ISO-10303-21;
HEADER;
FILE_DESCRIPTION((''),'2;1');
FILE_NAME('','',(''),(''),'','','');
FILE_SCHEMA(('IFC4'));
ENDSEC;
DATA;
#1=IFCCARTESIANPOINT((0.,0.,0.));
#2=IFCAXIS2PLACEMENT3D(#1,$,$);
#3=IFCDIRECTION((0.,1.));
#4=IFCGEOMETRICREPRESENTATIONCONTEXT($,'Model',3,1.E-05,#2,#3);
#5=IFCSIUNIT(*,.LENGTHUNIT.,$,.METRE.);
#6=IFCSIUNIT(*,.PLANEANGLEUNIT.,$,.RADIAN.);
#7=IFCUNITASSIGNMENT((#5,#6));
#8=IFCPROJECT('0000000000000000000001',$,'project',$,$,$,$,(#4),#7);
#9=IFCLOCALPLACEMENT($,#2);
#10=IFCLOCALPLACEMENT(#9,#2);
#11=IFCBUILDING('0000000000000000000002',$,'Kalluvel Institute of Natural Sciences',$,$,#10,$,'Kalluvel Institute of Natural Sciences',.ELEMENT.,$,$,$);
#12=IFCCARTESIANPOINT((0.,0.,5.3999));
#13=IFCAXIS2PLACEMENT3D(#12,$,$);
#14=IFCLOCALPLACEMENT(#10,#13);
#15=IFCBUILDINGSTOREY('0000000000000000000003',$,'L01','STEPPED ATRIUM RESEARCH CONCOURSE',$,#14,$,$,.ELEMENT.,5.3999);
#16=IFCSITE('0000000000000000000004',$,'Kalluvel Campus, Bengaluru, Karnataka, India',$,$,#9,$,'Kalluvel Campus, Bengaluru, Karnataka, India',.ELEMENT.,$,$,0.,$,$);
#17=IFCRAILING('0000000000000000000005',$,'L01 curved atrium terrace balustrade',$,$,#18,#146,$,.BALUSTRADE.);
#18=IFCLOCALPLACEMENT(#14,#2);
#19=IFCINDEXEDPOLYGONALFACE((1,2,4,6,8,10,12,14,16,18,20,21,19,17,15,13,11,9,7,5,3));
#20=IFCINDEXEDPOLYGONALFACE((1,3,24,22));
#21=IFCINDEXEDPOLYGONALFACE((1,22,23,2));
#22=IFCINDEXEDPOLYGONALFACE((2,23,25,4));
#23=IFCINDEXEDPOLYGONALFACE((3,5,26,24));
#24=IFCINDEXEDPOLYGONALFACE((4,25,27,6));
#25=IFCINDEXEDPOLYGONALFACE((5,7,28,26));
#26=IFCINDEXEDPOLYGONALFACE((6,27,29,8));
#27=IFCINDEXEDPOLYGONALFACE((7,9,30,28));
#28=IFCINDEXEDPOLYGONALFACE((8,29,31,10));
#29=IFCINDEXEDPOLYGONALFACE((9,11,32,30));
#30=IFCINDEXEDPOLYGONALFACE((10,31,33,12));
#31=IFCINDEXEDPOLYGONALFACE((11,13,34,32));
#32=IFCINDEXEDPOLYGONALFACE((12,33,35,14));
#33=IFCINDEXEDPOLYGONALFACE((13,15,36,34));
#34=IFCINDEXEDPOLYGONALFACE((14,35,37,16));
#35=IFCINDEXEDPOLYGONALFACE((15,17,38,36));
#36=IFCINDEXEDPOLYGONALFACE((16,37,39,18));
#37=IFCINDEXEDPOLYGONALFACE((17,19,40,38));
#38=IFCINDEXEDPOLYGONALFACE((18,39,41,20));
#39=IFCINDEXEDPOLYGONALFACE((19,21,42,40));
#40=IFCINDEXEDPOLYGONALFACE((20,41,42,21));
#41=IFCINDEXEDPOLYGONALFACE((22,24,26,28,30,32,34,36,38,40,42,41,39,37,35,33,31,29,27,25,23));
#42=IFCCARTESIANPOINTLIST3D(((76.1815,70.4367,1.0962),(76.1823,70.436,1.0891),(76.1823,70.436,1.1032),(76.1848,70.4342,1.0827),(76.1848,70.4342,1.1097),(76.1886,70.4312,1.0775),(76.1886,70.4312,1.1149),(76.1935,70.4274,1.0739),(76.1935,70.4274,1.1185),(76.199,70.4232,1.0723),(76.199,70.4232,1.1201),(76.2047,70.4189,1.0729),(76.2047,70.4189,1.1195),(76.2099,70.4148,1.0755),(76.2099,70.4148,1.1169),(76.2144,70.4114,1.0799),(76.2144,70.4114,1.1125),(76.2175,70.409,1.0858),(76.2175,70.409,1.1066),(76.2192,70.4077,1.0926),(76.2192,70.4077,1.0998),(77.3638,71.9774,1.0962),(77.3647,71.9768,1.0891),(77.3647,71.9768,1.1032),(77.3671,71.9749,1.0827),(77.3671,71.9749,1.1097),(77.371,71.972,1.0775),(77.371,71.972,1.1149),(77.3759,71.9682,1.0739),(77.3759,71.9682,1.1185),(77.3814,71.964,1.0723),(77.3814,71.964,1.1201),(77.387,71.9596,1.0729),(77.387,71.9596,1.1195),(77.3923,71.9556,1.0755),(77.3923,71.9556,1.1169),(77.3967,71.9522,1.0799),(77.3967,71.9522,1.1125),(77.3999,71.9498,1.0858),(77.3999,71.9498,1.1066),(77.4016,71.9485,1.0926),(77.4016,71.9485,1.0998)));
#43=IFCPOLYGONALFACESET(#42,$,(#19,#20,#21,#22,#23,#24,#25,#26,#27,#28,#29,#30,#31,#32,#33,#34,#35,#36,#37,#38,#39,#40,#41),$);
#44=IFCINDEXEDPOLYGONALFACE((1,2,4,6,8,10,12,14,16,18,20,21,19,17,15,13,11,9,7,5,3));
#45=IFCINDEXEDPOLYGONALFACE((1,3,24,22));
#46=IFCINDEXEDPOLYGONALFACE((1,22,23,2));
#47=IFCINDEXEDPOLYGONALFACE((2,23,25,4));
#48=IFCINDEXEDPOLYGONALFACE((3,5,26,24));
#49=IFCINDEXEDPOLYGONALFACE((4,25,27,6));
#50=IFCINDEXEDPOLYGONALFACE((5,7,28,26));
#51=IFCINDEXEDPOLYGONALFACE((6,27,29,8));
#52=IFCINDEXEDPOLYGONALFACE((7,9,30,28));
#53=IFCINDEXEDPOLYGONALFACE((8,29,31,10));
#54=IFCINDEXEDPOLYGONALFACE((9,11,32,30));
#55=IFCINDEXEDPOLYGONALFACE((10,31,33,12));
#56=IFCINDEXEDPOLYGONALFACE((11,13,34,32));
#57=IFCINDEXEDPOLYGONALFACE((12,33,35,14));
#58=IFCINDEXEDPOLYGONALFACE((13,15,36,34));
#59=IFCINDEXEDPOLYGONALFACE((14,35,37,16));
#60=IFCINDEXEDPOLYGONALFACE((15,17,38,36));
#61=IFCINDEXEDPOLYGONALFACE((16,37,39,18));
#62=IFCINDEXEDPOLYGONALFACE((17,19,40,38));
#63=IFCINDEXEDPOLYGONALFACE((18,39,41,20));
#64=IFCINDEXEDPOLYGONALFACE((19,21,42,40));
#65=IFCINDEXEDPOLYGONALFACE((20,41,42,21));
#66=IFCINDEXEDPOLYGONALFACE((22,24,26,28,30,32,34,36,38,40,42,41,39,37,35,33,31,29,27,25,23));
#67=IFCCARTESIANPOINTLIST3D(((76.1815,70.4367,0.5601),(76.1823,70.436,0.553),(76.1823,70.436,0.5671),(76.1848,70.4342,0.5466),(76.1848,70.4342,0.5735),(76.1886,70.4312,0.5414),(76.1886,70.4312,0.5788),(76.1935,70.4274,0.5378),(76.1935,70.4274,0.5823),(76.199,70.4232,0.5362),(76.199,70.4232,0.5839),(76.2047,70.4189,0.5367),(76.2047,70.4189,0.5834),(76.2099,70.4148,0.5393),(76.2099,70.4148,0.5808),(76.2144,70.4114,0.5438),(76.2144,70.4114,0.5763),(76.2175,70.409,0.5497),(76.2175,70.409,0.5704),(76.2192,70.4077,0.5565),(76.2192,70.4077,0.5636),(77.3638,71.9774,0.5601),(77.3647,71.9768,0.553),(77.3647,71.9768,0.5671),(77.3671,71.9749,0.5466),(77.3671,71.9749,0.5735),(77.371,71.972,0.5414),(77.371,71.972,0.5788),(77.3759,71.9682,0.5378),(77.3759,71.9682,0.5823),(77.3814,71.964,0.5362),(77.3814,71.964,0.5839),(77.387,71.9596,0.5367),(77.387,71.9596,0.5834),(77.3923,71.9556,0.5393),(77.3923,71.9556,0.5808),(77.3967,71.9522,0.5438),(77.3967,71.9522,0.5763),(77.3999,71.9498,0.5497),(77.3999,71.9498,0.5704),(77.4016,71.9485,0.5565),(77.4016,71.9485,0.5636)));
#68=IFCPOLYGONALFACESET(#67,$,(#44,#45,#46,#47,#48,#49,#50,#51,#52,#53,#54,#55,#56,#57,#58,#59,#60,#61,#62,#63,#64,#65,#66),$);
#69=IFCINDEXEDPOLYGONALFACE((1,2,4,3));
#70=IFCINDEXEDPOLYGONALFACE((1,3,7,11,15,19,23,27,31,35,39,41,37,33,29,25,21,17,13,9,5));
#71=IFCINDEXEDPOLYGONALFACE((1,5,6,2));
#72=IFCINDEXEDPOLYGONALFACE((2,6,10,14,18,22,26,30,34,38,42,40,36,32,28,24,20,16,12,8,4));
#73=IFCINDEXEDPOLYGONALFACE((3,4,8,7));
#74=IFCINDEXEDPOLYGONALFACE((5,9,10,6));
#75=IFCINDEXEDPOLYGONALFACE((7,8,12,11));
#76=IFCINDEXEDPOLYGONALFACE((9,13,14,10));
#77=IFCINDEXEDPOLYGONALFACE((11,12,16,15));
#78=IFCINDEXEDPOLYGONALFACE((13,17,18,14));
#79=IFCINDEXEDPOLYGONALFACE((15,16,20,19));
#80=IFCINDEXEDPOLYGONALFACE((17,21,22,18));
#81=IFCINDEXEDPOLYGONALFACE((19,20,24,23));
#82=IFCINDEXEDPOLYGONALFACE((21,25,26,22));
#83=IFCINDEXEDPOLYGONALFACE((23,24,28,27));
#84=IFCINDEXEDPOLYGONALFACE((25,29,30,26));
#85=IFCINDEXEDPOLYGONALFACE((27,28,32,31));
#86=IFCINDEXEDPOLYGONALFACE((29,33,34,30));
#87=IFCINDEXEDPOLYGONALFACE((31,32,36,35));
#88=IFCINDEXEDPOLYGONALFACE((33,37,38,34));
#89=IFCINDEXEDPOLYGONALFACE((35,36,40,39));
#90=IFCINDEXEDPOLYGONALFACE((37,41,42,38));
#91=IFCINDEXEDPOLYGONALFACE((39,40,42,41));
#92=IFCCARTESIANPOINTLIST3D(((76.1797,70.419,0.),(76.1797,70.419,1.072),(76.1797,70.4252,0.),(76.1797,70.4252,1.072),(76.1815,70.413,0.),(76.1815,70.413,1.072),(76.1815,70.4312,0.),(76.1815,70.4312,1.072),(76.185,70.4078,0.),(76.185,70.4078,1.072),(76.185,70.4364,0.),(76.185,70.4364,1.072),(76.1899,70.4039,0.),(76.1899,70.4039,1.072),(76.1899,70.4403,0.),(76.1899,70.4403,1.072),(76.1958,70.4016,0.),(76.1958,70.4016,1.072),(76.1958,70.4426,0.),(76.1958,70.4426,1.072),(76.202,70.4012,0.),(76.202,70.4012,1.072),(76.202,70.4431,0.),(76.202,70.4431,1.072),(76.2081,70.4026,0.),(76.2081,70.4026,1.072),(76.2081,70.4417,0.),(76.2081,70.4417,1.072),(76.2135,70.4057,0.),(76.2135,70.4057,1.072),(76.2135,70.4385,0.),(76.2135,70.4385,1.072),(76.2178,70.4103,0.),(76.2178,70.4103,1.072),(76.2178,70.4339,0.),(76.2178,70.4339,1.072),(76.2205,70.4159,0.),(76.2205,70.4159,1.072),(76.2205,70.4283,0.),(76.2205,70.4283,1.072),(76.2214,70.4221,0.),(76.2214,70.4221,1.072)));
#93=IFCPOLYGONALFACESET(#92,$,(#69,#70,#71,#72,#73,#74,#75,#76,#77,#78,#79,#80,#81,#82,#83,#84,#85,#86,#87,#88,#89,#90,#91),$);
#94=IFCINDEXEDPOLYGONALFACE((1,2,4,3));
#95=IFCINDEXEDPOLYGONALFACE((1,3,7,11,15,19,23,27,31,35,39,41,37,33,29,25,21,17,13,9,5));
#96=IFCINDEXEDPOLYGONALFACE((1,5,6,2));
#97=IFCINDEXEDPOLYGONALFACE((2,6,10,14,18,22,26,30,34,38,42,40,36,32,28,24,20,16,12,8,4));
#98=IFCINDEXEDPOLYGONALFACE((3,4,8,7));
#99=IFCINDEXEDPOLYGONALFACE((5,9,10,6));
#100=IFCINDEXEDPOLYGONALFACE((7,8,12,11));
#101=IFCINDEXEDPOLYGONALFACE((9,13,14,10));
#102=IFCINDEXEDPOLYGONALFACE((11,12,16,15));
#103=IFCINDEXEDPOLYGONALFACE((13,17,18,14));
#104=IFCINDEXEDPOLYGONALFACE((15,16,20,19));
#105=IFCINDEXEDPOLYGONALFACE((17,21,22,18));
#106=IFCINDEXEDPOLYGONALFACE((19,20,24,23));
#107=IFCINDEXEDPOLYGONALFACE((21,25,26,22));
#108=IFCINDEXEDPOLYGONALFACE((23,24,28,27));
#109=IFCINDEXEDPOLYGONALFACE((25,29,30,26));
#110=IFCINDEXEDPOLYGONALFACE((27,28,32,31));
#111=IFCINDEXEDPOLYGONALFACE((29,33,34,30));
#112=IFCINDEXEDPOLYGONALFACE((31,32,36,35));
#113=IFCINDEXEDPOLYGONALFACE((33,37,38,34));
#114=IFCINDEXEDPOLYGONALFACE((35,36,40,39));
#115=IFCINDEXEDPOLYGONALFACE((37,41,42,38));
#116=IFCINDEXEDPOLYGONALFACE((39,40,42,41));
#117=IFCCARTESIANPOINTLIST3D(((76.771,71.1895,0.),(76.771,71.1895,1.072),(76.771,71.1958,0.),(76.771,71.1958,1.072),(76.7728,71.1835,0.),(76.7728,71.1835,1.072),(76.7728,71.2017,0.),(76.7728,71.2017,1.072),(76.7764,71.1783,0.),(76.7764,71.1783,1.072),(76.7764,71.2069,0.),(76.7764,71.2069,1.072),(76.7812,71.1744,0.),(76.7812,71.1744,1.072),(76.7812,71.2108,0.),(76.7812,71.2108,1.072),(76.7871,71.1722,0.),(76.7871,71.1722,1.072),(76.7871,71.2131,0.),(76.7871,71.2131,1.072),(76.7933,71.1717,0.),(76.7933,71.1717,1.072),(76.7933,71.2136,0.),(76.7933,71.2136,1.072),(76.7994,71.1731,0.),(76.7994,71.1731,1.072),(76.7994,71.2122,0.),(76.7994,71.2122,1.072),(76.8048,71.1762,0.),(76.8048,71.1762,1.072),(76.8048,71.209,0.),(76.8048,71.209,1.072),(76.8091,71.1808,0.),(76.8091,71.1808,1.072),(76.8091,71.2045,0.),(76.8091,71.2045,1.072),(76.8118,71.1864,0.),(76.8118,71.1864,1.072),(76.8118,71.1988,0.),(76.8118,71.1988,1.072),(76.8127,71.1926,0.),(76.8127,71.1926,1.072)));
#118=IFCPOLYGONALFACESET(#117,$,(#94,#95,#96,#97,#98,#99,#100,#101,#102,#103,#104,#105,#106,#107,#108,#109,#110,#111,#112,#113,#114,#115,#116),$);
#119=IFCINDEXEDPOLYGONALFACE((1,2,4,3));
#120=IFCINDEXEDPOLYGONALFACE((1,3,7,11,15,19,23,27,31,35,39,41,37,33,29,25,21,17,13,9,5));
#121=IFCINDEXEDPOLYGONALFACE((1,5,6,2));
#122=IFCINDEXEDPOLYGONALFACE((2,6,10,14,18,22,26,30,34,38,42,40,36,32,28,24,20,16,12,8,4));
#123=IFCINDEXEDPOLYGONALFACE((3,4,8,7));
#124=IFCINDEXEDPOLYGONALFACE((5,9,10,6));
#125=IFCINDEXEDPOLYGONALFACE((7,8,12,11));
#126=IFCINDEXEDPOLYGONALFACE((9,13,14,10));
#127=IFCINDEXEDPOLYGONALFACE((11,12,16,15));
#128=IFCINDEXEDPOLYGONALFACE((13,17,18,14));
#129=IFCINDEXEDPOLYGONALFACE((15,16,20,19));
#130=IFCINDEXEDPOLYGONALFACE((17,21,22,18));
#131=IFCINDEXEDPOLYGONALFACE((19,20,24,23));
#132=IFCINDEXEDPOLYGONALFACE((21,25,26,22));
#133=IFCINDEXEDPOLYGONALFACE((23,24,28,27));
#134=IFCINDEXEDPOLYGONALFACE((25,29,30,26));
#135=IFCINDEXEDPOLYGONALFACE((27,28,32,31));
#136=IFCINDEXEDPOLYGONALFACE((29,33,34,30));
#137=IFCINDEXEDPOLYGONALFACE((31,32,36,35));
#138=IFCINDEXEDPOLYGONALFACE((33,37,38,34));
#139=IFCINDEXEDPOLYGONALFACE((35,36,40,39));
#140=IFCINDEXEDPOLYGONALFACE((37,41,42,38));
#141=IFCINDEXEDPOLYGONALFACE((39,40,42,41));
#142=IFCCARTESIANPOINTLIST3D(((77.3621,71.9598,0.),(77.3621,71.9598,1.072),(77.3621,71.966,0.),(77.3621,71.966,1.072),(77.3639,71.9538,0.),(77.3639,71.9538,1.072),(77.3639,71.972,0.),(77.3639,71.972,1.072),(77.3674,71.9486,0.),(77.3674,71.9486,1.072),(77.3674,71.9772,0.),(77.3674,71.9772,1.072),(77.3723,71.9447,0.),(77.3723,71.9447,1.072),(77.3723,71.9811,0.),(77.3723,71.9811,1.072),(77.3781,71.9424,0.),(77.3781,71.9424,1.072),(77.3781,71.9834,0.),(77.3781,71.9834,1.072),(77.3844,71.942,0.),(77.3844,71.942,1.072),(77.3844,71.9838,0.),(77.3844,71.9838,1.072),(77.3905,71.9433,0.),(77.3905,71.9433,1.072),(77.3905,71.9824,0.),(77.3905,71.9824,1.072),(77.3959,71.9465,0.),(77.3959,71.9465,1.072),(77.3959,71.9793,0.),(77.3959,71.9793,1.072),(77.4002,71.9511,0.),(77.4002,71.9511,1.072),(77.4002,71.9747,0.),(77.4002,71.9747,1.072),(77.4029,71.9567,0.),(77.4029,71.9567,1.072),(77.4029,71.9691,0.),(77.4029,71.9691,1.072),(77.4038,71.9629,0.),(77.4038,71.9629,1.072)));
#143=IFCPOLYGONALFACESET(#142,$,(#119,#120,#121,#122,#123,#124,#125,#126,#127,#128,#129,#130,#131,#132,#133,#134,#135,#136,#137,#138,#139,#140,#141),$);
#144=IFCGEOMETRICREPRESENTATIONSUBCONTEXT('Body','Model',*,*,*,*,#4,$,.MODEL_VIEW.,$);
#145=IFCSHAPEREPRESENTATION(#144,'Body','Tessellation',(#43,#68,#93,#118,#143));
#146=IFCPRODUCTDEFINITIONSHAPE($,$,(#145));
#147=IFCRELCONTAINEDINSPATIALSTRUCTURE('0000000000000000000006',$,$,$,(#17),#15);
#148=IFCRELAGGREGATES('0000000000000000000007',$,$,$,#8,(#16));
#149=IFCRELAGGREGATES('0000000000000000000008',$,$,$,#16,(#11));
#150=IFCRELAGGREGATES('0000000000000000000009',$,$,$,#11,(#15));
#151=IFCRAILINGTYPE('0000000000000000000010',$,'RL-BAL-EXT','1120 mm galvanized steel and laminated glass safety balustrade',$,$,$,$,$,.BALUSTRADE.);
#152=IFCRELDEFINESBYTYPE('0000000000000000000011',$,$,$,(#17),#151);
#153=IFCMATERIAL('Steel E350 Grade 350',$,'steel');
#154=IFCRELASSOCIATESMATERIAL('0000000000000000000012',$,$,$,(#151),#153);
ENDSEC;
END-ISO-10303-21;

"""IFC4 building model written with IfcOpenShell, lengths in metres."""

from ifc_helpers import new_model, si_unit, direction, frame, origin, origin_2d, place, context, subcontext, project, spatial, circle, extrude, material, type_object, element, save


model = new_model("IFC4")

# Units and contexts
model_context = context("Model", 3, precision=1e-05, world=origin(), true_north=direction((0.0, 1.0)))
body_context = subcontext(model_context, "Body", "Model", "MODEL_VIEW")
ifc_project = project(units=[si_unit("LENGTHUNIT", "METRE"), si_unit("PLANEANGLEUNIT", "RADIAN")], contexts=[model_context])

# Site, building, storey
site_placement = place(None, origin())
site = spatial("IfcSite", under=ifc_project, at=site_placement, Name="Kalluvel Campus, Bengaluru, Karnataka, India", LongName="Kalluvel Campus, Bengaluru, Karnataka, India", CompositionType="ELEMENT", RefElevation=0.0)
building_placement = place(site_placement, origin())
building = spatial("IfcBuilding", under=site, at=building_placement, Name="Kalluvel Institute of Natural Sciences", LongName="Kalluvel Institute of Natural Sciences", CompositionType="ELEMENT")
storey_placement = place(building_placement, frame((0.0, 0.0, 5.3999)))
storey = spatial("IfcBuildingStorey", under=building, at=storey_placement, Name="L01", Description="STEPPED ATRIUM RESEARCH CONCOURSE", CompositionType="ELEMENT", Elevation=5.3999)

# Railing
ifc_material_1 = material(Name="Steel E350 Grade 350", Category="steel")
railing_type = type_object("IfcRailingType", Name="RL-BAL-EXT", Description="1120 mm galvanized steel and laminated glass safety balustrade", PredefinedType="BALUSTRADE", material=ifc_material_1)
railing_1_placement = place(storey_placement, frame((76.2004, 70.4221, 0.0)))
element("IfcRailing", 1, at=railing_1_placement, inside=storey, type_object=railing_type, Name="L01 curved atrium terrace balustrade", PredefinedType="BALUSTRADE", context=body_context, shape_type="SweptSolid", body=[
    extrude(circle(Radius=0.0239, at=origin_2d()), frame((0.0, 0.0, 1.0962), z_axis=(0.608793, 0.793329, 0.0), x_axis=(-0.793329, 0.608793, 0.0)), (0.0, 0.0, 1.0), 1.9421),
    extrude(circle(Radius=0.0239, at=origin_2d()), frame((0.0, 0.0, 0.5601), z_axis=(0.608793, 0.793329, 0.0), x_axis=(-0.793329, 0.608793, 0.0)), (0.0, 0.0, 1.0), 1.9421),
    extrude(circle(Radius=0.021, at=origin_2d()), origin(), (0.0, 0.0, 1.0), 1.072),
    extrude(circle(Radius=0.021, at=origin_2d()), frame((0.5913, 0.7705, 0.0)), (0.0, 0.0, 1.0), 1.072),
    extrude(circle(Radius=0.021, at=origin_2d()), frame((1.1824, 1.5408, 0.0)), (0.0, 0.0, 1.0), 1.072),
])

save(model, "model.ifc")
